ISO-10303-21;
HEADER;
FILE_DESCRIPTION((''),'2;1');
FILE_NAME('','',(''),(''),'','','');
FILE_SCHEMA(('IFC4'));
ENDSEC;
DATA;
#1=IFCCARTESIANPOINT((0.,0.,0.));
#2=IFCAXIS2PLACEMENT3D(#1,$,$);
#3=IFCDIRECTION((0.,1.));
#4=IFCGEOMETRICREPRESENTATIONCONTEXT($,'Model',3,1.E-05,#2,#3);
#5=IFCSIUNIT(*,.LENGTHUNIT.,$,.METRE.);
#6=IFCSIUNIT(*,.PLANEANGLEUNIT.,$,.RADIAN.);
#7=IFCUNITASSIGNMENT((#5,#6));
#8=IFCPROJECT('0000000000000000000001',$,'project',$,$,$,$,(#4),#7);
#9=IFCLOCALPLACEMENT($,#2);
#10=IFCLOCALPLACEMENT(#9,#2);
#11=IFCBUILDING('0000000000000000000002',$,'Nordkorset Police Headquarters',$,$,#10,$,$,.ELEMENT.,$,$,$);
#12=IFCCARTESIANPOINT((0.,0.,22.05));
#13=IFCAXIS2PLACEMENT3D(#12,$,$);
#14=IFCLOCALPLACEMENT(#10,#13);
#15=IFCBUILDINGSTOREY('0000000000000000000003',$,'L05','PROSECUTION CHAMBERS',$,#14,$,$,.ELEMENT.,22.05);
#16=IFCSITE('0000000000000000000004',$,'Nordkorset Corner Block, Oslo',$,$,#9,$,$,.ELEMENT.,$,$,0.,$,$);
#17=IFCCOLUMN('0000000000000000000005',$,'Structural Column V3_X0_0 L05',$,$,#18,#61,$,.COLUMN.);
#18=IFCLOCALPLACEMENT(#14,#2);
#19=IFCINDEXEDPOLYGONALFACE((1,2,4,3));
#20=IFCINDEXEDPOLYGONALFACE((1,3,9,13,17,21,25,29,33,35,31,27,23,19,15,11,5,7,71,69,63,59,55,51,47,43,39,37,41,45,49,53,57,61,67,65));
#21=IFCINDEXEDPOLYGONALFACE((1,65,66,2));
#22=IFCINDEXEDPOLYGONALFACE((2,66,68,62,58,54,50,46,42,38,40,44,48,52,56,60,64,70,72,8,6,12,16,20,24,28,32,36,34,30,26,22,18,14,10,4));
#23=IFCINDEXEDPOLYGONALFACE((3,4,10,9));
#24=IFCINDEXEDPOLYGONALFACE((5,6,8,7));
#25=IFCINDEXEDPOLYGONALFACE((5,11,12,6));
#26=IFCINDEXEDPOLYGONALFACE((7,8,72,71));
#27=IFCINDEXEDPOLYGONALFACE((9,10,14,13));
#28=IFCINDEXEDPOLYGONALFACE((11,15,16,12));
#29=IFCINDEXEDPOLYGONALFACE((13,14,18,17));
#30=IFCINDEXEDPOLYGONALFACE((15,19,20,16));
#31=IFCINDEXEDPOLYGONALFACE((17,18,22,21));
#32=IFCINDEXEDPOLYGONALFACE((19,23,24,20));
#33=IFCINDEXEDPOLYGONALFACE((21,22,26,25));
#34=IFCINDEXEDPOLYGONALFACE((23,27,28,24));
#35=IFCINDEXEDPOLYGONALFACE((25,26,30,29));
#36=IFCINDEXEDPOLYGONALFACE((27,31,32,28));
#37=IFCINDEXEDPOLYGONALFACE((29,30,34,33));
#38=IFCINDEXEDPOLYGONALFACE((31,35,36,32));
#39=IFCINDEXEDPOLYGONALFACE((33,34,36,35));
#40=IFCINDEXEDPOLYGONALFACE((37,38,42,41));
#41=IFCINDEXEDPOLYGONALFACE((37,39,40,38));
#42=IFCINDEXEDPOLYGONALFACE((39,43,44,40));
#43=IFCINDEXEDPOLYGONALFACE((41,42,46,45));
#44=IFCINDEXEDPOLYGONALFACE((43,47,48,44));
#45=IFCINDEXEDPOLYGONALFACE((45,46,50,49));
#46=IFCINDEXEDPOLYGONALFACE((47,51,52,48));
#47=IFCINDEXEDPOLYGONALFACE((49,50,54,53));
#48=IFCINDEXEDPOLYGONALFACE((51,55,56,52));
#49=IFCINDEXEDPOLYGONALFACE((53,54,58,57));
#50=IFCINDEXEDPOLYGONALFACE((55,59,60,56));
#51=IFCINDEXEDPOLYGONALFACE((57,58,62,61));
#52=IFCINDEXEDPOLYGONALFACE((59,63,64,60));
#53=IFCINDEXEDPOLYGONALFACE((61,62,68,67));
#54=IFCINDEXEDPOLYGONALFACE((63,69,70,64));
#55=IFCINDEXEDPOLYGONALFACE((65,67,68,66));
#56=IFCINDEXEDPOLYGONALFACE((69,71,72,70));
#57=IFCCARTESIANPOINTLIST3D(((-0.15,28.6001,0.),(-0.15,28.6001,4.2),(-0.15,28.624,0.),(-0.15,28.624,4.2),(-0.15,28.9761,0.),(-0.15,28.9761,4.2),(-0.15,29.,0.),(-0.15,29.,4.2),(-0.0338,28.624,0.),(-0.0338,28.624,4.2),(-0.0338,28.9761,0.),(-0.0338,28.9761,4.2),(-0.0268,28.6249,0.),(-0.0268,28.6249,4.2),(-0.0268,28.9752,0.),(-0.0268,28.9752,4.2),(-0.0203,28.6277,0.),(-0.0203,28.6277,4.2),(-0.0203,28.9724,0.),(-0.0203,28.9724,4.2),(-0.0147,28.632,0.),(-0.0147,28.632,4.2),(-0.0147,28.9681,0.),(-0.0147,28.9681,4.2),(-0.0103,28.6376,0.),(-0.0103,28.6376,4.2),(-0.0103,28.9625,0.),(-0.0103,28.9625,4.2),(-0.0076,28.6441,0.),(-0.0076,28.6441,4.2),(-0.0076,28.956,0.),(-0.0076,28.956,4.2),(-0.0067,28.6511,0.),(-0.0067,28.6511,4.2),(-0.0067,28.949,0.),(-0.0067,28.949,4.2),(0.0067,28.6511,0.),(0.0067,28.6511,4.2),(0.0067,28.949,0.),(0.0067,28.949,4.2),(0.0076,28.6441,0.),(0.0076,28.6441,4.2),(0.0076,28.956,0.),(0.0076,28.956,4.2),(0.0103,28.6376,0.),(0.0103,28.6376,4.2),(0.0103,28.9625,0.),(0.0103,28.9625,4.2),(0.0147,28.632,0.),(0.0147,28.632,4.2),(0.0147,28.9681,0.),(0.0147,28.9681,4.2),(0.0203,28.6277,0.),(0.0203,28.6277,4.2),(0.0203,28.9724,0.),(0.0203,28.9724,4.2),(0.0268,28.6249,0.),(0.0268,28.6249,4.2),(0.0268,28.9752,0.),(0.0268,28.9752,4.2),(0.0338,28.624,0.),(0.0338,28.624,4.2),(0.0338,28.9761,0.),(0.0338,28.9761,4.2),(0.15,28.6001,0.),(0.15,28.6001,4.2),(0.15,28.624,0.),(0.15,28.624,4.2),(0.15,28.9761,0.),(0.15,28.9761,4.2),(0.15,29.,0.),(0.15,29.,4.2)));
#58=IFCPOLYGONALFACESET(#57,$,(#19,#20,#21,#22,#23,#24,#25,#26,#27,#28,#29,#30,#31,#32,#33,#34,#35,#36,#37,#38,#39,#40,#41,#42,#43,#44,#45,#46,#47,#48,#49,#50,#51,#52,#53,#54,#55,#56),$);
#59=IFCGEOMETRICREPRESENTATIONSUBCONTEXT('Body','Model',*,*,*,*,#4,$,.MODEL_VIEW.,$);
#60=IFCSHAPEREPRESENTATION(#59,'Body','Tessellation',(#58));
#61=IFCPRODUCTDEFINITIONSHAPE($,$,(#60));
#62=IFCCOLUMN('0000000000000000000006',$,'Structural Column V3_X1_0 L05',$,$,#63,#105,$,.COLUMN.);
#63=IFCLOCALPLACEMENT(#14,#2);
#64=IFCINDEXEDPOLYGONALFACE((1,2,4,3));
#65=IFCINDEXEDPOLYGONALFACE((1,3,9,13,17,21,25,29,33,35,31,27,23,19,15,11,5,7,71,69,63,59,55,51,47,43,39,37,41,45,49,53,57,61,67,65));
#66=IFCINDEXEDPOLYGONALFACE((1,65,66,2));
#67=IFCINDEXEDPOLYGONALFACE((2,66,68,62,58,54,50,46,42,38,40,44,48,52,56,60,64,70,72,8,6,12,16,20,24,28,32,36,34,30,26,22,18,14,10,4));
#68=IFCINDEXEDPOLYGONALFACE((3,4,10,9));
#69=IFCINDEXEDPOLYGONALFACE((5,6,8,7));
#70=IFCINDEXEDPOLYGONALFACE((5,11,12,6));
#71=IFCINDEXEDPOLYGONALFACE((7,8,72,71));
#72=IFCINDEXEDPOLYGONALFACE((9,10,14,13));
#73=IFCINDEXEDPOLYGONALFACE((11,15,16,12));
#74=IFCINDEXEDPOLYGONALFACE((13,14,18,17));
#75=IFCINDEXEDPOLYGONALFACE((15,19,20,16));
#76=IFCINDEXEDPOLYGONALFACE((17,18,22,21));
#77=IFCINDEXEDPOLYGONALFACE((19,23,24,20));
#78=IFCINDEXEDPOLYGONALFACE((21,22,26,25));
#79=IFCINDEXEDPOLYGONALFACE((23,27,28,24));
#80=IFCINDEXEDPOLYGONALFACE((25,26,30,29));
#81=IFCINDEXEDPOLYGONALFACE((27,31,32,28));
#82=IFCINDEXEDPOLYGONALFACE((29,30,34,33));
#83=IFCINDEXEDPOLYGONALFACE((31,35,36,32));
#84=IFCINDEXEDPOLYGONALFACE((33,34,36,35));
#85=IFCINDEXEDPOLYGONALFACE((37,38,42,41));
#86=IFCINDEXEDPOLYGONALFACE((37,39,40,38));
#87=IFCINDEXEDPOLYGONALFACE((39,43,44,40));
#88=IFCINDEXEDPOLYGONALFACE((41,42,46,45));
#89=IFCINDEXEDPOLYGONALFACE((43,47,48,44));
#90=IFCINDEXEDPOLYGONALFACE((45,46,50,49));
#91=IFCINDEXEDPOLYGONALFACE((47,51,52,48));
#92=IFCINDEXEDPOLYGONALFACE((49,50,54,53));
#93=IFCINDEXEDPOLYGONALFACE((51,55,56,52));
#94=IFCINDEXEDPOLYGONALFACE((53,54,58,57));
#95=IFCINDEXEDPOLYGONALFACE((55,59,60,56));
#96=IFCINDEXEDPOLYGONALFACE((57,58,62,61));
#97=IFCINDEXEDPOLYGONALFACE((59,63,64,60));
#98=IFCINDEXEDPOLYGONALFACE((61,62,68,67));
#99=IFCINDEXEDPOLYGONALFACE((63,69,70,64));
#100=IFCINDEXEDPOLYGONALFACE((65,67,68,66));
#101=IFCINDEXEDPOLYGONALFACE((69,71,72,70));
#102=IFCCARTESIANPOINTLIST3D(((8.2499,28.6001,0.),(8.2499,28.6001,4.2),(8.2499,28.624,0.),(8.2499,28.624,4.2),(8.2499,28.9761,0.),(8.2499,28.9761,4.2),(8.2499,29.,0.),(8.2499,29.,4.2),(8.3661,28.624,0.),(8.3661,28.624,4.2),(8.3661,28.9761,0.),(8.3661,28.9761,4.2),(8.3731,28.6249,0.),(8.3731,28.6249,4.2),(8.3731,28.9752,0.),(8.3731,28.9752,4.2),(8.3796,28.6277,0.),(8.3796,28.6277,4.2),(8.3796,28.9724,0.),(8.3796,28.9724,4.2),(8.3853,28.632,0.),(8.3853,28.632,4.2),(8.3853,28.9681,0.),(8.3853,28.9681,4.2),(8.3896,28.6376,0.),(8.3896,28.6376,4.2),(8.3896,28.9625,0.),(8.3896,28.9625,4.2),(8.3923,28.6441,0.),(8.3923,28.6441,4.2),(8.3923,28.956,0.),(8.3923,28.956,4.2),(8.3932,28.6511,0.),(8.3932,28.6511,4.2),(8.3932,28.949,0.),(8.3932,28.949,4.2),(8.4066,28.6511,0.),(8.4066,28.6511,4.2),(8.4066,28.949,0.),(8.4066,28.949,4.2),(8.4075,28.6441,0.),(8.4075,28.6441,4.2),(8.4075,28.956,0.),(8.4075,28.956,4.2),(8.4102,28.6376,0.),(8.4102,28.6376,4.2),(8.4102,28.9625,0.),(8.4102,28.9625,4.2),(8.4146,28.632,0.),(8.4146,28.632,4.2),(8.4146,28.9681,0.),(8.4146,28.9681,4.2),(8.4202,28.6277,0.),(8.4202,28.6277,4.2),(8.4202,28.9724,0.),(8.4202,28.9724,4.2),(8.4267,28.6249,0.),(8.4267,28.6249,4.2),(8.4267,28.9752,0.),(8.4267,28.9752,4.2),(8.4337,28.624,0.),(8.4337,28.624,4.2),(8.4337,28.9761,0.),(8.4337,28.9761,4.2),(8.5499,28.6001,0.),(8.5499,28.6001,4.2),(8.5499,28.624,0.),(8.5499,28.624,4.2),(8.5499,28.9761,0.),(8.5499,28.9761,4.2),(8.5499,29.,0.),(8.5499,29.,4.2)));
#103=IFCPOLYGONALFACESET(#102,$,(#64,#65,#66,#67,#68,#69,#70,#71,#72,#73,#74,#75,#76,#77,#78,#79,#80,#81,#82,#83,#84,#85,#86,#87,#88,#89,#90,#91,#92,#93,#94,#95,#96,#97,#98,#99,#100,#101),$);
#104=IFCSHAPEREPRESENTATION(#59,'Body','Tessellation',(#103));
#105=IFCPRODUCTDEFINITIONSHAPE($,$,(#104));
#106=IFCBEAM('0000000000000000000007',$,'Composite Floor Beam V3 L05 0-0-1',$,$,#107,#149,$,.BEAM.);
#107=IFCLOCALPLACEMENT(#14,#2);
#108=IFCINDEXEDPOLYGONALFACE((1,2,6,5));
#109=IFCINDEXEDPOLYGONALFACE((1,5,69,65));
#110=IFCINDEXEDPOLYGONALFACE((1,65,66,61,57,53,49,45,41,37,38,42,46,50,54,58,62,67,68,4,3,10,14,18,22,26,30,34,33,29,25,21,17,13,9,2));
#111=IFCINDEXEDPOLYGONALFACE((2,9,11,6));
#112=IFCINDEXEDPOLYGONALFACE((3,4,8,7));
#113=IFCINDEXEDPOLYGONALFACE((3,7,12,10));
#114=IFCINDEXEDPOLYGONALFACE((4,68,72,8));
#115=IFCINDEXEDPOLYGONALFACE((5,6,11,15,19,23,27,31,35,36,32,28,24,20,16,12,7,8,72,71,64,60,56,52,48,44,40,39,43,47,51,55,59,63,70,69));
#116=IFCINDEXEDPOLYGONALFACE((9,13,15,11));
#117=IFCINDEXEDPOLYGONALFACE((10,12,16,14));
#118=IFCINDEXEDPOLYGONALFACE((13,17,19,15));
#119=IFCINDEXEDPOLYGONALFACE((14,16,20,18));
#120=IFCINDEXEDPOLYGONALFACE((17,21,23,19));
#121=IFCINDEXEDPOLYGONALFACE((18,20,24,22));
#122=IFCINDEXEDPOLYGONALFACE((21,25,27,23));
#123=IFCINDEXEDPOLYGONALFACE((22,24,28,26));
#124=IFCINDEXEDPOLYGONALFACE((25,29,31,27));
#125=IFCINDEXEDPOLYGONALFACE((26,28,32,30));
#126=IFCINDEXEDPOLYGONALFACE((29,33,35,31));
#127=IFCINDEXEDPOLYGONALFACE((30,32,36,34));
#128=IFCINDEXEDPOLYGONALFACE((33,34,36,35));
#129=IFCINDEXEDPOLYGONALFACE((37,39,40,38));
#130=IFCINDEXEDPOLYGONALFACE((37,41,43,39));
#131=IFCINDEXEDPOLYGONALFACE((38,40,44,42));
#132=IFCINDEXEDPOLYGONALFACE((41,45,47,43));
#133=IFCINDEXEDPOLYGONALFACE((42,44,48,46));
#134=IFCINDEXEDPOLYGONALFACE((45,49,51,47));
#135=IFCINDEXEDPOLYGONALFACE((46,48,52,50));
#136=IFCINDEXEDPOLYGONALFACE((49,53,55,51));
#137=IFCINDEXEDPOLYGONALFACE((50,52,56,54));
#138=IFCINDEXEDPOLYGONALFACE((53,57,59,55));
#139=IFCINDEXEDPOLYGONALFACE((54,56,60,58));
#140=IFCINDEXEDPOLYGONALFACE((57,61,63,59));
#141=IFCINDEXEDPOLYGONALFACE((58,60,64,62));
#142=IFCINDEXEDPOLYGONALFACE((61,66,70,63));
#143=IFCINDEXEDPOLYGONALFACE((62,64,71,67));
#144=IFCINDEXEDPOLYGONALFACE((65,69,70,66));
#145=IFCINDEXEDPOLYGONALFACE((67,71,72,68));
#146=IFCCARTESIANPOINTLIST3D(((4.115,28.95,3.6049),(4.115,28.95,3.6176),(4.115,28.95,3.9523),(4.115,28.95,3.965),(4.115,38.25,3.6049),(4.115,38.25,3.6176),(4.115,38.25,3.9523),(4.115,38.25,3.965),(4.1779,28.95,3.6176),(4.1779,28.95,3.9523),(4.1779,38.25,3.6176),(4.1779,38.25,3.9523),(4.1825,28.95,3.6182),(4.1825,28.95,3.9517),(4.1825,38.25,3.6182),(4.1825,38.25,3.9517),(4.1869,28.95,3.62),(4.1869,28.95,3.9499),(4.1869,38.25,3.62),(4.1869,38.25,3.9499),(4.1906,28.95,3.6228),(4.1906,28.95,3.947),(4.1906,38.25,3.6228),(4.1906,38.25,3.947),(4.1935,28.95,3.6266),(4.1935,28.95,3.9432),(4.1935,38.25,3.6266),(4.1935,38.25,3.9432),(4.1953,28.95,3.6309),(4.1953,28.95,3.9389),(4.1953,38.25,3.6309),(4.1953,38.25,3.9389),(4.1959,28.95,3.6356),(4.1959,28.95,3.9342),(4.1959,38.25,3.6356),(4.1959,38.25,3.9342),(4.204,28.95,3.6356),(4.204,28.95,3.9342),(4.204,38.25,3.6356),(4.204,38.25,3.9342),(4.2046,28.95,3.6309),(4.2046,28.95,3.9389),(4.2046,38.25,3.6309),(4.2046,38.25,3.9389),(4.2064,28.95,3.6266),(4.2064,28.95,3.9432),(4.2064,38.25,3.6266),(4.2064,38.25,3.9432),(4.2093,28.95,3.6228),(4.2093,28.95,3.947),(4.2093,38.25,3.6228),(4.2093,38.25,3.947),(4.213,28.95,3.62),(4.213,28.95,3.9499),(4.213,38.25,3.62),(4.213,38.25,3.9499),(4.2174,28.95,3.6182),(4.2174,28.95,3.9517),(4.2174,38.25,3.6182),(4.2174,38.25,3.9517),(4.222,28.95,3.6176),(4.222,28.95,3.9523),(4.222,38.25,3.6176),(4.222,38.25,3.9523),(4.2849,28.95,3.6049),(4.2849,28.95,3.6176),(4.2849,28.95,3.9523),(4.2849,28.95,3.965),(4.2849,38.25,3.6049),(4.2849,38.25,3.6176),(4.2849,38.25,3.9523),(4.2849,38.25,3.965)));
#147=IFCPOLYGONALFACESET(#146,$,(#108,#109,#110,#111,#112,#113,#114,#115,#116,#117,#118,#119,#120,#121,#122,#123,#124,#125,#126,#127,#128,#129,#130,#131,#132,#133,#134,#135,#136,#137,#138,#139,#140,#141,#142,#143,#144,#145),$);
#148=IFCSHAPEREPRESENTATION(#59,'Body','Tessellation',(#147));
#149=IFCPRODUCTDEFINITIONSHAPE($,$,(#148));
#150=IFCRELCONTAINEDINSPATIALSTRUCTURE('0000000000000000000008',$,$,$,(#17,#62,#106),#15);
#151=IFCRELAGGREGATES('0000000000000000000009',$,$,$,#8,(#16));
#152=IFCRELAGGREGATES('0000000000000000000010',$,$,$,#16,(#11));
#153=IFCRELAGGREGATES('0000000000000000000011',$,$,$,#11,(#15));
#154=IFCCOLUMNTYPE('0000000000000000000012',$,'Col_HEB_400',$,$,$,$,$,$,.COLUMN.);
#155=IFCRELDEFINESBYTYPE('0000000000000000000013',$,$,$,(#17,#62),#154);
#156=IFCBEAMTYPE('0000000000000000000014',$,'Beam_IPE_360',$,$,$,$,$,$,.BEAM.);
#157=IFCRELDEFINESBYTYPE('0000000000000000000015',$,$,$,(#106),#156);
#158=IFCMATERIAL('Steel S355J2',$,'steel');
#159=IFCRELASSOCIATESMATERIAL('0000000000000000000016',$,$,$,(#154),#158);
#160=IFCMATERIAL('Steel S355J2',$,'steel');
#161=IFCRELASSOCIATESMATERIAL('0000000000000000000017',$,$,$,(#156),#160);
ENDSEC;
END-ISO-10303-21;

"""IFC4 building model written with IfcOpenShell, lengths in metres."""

from ifc_helpers import new_model, si_unit, direction, frame, origin, origin_2d, place, context, subcontext, project, spatial, i_section, extrude, material, material_profile, profile_set, type_object, element, save


model = new_model("IFC4")

# Units and contexts
model_context = context("Model", 3, precision=1e-05, world=origin(), true_north=direction((0.0, 1.0)))
body_context = subcontext(model_context, "Body", "Model", "MODEL_VIEW")
ifc_project = project(units=[si_unit("LENGTHUNIT", "METRE"), si_unit("PLANEANGLEUNIT", "RADIAN")], contexts=[model_context])

# Site, building, storey
site_placement = place(None, origin())
site = spatial("IfcSite", under=ifc_project, at=site_placement, Name="Nordkorset Corner Block, Oslo", CompositionType="ELEMENT", RefElevation=0.0)
building_placement = place(site_placement, origin())
building = spatial("IfcBuilding", under=site, at=building_placement, Name="Nordkorset Police Headquarters", CompositionType="ELEMENT")
storey_placement = place(building_placement, frame((0.0, 0.0, 22.05)))
storey = spatial("IfcBuildingStorey", under=building, at=storey_placement, Name="L05", Description="PROSECUTION CHAMBERS", CompositionType="ELEMENT", Elevation=22.05)

# Columns
ifc_material_1 = material(Name="Steel S355J2", Category="steel")
ifc_material_profile_1 = material_profile(ifc_material_1, i_section(OverallWidth=0.3, OverallDepth=0.3999, WebThickness=0.0134, FlangeThickness=0.0239, FilletRadius=0.0271, at=origin_2d()), Name="HEB 400")
ifc_profile_set_1 = profile_set([ifc_material_profile_1], Name="Steel S355J2")
column_type = type_object("IfcColumnType", Name="Col_HEB_400", PredefinedType="COLUMN", material=ifc_profile_set_1)
for number, where, z_axis, x_axis, name in (
    (1, (0.0, 28.8, 0.0), (0.0, 0.0, 1.0), (1.0, 0.0, 0.0), "Structural Column V3_X0_0 L05"),
    (2, (8.3999, 28.8, 0.0), (0.0, 0.0, 1.0), (1.0, 0.0, 0.0), "Structural Column V3_X1_0 L05"),
):
    element("IfcColumn", number, at=place(storey_placement, frame(where, z_axis=z_axis, x_axis=x_axis)), inside=storey, type_object=column_type, Name=name, PredefinedType="COLUMN", context=body_context, shape_type="SweptSolid", body=[
        extrude(i_section(OverallWidth=0.3, OverallDepth=0.3999, WebThickness=0.0134, FlangeThickness=0.0239, FilletRadius=0.0271, at=origin_2d()), origin(), (0.0, 0.0, 1.0), 4.2),
    ])

# Beam
ifc_material_2 = material(Name="Steel S355J2", Category="steel")
ifc_material_profile_2 = material_profile(ifc_material_2, i_section(OverallWidth=0.1699, OverallDepth=0.3601, WebThickness=0.0081, FlangeThickness=0.0127, FilletRadius=0.0181, at=origin_2d()), Name="IPE 360")
ifc_profile_set_2 = profile_set([ifc_material_profile_2], Name="Steel S355J2")
beam_type_1 = type_object("IfcBeamType", Name="Beam_IPE_360", PredefinedType="BEAM", material=ifc_profile_set_2)
beam_1_placement = place(storey_placement, frame((4.2, 28.95, 3.7849), z_axis=(0.0, 1.0, 0.0), x_axis=(-1.0, 0.0, 0.0)))
element("IfcBeam", 3, at=beam_1_placement, inside=storey, type_object=beam_type_1, Name="Composite Floor Beam V3 L05 0-0-1", PredefinedType="BEAM", context=body_context, shape_type="SweptSolid", body=[
    extrude(i_section(OverallWidth=0.1699, OverallDepth=0.3601, WebThickness=0.0081, FlangeThickness=0.0127, FilletRadius=0.0181, at=origin_2d()), origin(), (0.0, 0.0, 1.0), 9.3),
])

save(model, "model.ifc")
